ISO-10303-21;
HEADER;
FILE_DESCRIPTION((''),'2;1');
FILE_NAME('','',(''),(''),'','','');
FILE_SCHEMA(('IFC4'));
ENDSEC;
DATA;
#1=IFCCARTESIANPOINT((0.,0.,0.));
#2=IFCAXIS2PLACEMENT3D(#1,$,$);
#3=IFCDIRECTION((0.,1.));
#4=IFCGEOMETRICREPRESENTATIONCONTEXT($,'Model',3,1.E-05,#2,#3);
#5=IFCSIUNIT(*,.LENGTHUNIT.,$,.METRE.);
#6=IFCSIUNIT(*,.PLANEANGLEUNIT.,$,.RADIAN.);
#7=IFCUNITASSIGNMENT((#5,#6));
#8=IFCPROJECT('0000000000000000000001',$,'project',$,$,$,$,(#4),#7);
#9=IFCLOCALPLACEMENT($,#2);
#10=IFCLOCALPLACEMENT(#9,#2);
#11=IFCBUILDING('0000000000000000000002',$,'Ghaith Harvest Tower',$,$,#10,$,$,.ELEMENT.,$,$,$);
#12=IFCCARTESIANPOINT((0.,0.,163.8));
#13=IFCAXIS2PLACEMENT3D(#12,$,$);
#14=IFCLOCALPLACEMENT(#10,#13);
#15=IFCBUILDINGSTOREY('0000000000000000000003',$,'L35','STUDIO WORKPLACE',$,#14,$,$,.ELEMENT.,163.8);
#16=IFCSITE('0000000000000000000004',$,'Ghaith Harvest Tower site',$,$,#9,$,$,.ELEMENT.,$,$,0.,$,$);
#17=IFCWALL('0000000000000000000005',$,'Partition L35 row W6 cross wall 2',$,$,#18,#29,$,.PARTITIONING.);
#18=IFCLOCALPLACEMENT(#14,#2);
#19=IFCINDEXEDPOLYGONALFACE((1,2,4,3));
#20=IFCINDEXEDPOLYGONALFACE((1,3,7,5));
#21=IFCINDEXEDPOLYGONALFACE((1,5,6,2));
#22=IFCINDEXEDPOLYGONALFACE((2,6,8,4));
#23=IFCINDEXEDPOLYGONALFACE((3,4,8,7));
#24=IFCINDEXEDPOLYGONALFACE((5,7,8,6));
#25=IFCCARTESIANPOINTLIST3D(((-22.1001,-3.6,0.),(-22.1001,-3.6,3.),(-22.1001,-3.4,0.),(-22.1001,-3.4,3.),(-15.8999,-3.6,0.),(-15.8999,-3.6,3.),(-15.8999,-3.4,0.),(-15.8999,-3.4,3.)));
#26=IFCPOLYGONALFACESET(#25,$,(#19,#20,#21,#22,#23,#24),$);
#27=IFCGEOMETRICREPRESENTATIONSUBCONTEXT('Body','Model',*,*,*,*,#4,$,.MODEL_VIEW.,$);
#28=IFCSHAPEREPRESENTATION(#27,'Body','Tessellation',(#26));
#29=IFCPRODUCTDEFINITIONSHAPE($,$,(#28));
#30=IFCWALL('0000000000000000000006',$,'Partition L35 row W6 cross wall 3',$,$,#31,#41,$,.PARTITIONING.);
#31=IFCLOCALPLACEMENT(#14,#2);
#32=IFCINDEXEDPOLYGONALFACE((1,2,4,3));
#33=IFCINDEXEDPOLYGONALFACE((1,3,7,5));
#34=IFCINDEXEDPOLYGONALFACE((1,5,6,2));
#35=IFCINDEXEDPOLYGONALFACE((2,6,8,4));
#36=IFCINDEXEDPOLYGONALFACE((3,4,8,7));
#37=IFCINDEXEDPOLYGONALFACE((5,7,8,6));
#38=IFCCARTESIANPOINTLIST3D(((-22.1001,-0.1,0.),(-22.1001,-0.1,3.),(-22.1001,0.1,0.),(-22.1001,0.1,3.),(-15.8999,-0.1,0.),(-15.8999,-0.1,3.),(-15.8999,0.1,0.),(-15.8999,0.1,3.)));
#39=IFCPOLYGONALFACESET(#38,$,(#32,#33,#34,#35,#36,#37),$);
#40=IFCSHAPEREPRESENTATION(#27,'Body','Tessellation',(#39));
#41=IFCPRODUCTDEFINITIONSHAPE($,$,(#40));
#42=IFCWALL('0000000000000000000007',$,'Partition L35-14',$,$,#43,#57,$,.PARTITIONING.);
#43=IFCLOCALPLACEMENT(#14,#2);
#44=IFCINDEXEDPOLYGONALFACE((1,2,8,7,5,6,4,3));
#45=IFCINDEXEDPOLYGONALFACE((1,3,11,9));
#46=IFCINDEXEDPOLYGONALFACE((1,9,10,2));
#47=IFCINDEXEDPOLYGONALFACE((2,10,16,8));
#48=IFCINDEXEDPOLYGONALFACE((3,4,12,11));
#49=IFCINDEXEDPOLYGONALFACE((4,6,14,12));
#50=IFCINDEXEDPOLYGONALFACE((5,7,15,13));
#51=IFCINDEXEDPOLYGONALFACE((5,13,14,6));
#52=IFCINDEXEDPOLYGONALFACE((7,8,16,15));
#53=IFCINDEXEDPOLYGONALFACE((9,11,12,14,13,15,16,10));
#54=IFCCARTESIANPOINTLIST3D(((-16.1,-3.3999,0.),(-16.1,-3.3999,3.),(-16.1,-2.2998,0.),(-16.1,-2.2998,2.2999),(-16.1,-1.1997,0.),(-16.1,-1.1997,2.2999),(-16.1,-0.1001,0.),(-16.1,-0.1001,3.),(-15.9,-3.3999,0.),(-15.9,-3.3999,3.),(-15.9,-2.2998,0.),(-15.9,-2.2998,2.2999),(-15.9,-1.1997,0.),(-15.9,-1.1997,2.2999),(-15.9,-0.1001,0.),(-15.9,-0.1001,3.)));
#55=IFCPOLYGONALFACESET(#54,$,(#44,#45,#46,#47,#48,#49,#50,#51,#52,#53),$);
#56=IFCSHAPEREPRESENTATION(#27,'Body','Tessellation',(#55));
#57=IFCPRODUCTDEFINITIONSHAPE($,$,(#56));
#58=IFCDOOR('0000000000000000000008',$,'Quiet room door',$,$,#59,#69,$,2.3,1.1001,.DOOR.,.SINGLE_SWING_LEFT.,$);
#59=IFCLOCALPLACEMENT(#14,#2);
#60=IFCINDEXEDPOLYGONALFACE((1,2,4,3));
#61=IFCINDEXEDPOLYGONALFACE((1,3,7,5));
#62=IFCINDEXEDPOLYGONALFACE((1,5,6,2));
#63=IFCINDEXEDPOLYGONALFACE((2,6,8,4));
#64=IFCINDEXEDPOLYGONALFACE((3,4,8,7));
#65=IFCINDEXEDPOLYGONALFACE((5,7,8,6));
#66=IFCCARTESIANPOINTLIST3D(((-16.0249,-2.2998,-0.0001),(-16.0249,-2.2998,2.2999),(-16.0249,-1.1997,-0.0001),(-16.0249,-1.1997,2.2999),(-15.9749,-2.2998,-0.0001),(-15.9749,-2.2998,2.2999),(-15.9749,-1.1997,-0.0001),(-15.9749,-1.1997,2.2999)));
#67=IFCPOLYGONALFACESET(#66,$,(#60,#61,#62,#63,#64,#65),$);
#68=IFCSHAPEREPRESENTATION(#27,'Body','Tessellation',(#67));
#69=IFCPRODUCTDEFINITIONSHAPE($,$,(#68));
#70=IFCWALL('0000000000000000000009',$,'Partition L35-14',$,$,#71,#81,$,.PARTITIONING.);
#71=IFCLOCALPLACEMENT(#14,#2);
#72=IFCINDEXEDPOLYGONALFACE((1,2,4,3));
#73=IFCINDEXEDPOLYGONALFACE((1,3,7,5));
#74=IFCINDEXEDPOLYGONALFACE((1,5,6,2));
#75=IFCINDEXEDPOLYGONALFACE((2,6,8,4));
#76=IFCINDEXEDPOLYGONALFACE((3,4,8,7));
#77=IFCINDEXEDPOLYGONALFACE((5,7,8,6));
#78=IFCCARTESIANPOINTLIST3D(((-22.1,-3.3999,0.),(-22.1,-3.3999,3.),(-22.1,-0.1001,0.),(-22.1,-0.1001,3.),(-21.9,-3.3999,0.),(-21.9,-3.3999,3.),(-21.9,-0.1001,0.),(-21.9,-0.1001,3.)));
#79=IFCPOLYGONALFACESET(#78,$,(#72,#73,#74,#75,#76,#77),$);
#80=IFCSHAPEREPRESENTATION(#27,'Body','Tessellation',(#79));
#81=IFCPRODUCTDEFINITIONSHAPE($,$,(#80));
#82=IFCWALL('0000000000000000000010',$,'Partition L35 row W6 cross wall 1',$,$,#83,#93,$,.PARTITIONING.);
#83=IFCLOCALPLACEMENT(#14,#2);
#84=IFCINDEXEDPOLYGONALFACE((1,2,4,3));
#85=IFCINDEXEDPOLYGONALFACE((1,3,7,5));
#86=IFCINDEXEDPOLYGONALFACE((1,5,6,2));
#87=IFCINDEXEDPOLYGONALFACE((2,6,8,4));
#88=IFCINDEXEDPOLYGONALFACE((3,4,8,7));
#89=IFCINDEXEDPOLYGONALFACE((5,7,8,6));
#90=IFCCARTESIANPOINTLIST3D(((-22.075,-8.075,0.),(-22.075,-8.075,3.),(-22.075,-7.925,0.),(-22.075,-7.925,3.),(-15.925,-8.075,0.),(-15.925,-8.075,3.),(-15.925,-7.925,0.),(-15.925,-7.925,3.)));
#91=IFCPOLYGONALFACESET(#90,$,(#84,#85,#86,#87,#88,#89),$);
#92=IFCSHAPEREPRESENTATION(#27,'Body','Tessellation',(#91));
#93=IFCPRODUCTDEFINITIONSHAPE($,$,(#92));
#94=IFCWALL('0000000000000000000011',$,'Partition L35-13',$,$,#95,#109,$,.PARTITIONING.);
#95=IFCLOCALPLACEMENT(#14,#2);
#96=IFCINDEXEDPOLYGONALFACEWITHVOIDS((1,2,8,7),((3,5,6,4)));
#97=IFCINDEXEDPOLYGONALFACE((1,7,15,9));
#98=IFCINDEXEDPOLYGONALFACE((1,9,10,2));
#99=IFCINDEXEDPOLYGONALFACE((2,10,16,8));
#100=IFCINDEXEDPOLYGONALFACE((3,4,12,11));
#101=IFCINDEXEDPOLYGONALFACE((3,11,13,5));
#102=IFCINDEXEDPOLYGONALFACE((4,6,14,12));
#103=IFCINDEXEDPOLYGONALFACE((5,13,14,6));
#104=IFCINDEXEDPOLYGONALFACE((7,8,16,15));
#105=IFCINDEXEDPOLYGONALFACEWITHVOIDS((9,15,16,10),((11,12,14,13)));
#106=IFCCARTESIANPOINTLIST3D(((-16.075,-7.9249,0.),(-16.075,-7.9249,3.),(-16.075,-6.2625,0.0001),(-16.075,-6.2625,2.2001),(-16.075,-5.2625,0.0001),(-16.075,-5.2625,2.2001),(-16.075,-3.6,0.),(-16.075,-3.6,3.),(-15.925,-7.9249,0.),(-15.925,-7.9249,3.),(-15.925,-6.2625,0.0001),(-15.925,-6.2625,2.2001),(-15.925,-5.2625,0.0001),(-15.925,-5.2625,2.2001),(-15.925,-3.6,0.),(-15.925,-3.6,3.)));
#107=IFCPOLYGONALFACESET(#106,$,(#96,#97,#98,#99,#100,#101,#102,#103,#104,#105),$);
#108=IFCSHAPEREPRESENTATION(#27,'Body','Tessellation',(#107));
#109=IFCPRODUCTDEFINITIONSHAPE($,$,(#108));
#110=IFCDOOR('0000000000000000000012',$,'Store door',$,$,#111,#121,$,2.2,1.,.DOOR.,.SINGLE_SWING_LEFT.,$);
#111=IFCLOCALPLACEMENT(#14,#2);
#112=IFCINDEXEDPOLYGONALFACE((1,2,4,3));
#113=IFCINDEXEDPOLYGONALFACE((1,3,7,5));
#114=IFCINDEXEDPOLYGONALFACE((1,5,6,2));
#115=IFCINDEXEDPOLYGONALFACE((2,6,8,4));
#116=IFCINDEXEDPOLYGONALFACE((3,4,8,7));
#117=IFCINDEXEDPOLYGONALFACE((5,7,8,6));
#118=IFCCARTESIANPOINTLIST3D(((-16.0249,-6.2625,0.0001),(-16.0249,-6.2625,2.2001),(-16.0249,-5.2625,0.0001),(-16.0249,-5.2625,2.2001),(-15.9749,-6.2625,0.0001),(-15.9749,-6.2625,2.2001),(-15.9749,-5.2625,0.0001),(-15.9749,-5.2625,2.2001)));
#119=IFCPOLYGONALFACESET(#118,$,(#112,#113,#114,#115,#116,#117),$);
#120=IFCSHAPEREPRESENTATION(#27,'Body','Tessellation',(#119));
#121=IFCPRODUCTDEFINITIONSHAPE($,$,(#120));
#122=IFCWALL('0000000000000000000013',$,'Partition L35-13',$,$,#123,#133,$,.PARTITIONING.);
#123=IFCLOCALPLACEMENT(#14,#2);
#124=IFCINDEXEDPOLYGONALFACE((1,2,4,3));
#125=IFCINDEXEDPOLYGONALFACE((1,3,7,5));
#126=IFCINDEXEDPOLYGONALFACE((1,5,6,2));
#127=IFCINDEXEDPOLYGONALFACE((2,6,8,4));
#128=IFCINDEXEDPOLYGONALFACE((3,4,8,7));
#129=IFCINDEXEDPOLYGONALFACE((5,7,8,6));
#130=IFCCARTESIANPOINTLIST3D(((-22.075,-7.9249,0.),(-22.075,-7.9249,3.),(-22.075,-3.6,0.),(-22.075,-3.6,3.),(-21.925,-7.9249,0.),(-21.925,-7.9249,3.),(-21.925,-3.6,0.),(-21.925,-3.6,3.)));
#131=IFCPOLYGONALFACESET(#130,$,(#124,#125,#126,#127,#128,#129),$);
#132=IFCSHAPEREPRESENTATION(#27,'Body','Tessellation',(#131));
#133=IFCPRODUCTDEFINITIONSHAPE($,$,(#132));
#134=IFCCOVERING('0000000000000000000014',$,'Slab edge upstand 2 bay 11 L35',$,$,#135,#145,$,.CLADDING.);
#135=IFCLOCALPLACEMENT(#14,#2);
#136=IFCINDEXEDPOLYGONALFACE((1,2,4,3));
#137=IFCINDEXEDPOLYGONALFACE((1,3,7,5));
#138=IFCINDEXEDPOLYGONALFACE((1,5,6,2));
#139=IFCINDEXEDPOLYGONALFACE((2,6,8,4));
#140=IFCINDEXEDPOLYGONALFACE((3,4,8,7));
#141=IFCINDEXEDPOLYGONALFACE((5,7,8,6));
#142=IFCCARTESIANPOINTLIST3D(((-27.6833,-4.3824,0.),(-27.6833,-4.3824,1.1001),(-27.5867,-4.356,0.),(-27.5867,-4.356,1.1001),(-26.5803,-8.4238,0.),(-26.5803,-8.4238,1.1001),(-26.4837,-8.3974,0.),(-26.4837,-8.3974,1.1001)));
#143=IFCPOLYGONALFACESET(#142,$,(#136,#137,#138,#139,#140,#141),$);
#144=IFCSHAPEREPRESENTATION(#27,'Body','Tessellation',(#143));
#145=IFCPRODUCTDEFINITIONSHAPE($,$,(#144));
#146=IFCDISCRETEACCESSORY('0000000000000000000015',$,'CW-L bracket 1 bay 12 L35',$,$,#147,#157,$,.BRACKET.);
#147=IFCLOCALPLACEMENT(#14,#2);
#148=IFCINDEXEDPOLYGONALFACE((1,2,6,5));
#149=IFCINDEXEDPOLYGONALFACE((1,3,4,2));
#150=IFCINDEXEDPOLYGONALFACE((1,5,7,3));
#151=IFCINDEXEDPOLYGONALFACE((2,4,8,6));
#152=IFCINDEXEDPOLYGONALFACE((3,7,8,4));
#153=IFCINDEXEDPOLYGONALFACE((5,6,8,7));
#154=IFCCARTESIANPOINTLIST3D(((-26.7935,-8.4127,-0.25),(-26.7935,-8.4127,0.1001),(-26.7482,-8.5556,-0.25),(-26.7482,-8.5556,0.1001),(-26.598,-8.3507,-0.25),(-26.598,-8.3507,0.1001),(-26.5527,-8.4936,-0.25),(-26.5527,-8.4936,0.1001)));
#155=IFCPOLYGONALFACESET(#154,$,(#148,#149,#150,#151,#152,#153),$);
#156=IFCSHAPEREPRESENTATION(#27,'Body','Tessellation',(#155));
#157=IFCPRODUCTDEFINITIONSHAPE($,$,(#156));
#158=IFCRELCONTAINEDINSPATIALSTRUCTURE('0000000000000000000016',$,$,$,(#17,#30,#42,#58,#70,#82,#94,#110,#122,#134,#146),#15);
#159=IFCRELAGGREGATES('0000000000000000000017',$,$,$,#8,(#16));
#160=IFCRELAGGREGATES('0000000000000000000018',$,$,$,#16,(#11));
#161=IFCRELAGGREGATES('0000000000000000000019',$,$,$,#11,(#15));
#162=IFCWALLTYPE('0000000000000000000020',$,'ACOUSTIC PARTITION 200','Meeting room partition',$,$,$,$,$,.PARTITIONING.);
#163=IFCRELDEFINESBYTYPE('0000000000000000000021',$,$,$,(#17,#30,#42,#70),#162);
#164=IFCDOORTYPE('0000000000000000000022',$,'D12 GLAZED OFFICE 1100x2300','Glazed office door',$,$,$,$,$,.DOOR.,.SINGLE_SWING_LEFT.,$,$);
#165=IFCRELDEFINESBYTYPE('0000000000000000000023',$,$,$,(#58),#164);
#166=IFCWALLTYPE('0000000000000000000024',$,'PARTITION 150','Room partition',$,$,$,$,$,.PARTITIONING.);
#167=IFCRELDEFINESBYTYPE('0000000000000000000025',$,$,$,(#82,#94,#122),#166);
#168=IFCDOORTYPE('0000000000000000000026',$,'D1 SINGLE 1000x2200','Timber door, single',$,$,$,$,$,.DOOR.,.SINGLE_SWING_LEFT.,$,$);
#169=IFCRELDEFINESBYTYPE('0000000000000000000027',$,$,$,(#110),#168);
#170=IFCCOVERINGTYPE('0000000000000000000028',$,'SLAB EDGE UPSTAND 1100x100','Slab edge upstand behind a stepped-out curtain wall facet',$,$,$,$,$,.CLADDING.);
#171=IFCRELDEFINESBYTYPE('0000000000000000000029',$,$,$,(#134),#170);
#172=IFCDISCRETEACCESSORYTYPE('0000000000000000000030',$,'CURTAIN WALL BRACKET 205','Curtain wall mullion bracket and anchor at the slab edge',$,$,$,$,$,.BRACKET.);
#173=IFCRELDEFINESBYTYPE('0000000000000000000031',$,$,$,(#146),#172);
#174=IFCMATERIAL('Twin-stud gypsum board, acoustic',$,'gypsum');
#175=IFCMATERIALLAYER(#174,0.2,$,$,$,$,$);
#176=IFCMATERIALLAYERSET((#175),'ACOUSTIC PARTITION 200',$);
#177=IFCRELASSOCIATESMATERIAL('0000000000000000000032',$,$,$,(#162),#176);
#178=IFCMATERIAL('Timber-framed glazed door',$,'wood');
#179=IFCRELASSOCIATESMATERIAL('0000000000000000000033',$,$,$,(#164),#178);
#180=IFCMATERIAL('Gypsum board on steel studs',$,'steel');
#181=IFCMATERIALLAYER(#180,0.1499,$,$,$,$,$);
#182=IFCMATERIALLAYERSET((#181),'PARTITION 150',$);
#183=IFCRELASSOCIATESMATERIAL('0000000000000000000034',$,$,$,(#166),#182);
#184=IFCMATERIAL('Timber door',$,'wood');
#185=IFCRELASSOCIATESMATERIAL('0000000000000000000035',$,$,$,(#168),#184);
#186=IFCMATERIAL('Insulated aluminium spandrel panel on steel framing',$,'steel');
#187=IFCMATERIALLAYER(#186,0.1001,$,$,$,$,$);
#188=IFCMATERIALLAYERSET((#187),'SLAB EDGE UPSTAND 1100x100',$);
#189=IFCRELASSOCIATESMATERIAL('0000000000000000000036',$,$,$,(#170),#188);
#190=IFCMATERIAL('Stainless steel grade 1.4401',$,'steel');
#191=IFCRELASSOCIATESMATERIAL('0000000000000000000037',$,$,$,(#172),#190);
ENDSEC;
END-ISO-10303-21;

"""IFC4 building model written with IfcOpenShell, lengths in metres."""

from ifc_helpers import new_model, si_unit, direction, frame, frame_2d, origin, origin_2d, place, context, subcontext, project, spatial, rectangle, extrude, material, layer, layer_set, type_object, element, fill, save


model = new_model("IFC4")

# Units and contexts
model_context = context("Model", 3, precision=1e-05, world=origin(), true_north=direction((0.0, 1.0)))
body_context = subcontext(model_context, "Body", "Model", "MODEL_VIEW")
ifc_project = project(units=[si_unit("LENGTHUNIT", "METRE"), si_unit("PLANEANGLEUNIT", "RADIAN")], contexts=[model_context])

# Site, building, storey
site_placement = place(None, origin())
site = spatial("IfcSite", under=ifc_project, at=site_placement, Name="Ghaith Harvest Tower site", CompositionType="ELEMENT", RefElevation=0.0)
building_placement = place(site_placement, origin())
building = spatial("IfcBuilding", under=site, at=building_placement, Name="Ghaith Harvest Tower", CompositionType="ELEMENT")
storey_placement = place(building_placement, frame((0.0, 0.0, 163.8)))
storey = spatial("IfcBuildingStorey", under=building, at=storey_placement, Name="L35", Description="STUDIO WORKPLACE", CompositionType="ELEMENT", Elevation=163.8)

# Walls
ifc_material_1 = material(Name="Twin-stud gypsum board, acoustic", Category="gypsum")
ifc_layer_1 = layer(ifc_material_1, 0.2)
ifc_layer_set_1 = layer_set([ifc_layer_1], Name="ACOUSTIC PARTITION 200")
wall_type_1 = type_object("IfcWallType", Name="ACOUSTIC PARTITION 200", Description="Meeting room partition", PredefinedType="PARTITIONING", material=ifc_layer_set_1)
for number, where, z_axis, x_axis, name in (
    (1, (-15.8999, -3.5, 0.0), (0.0, 0.0, 1.0), (-1.0, 0.0, 0.0), "Partition L35 row W6 cross wall 2"),
    (2, (-15.8999, 0.0, 0.0), (0.0, 0.0, 1.0), (-1.0, 0.0, 0.0), "Partition L35 row W6 cross wall 3"),
):
    element("IfcWall", number, at=place(storey_placement, frame(where, z_axis=z_axis, x_axis=x_axis)), inside=storey, type_object=wall_type_1, Name=name, PredefinedType="PARTITIONING", context=body_context, shape_type="SweptSolid", body=[
        extrude(rectangle(XDim=6.2002, YDim=0.2, at=frame_2d((3.1001, 0.0))), origin(), (0.0, 0.0, 1.0), 3.0),
    ])

# Wall, opening, door
wall_1_placement = place(storey_placement, frame((-16.0, -3.3999, 0.0), z_axis=(0.0, 0.0, 1.0), x_axis=(0.0, 1.0, 0.0)))
wall_1 = element("IfcWall", 3, at=wall_1_placement, inside=storey, type_object=wall_type_1, Name="Partition L35-14", PredefinedType="PARTITIONING", context=body_context, shape_type="SweptSolid", body=[
    extrude(rectangle(XDim=3.2998, YDim=0.2, at=frame_2d((1.6499, 0.0))), origin(), (0.0, 0.0, 1.0), 3.0),
])
opening_1_placement = place(wall_1_placement, frame((1.1001, 0.0, 0.0)))
opening_1 = element("IfcOpeningElement", 4, at=opening_1_placement, cuts=wall_1, PredefinedType="OPENING", context=body_context, shape_type="SweptSolid", body=[
    extrude(rectangle(XDim=1.1001, YDim=2.3, at=frame_2d((0.55, 1.1499))), frame((0.0, 0.1099, 0.0), z_axis=(0.0, -1.0, 0.0), x_axis=(1.0, 0.0, 0.0)), (0.0, 0.0, 1.0), 0.22),
])
ifc_material_2 = material(Name="Timber-framed glazed door", Category="wood")
door_type_1 = type_object("IfcDoorType", Name="D12 GLAZED OFFICE 1100x2300", Description="Glazed office door", OperationType="SINGLE_SWING_LEFT", PredefinedType="DOOR", material=ifc_material_2)
door_1_placement = place(opening_1_placement, origin())
door_1 = element("IfcDoor", 5, at=door_1_placement, inside=storey, type_object=door_type_1, Name="Quiet room door", OperationType="SINGLE_SWING_LEFT", OverallHeight=2.3, OverallWidth=1.1001, PredefinedType="DOOR", context=body_context, shape_type="SweptSolid", body=[
    extrude(rectangle(XDim=1.1001, YDim=2.3, at=frame_2d((0.55, 1.1499))), frame((0.0, 0.0249, 0.0), z_axis=(0.0, -1.0, 0.0), x_axis=(1.0, 0.0, 0.0)), (0.0, 0.0, 1.0), 0.05),
])
fill(opening_1, door_1)

# Walls
wall_2_placement = place(storey_placement, frame((-22.0, -3.3999, 0.0), z_axis=(0.0, 0.0, 1.0), x_axis=(0.0, 1.0, 0.0)))
element("IfcWall", 6, at=wall_2_placement, inside=storey, type_object=wall_type_1, Name="Partition L35-14", PredefinedType="PARTITIONING", context=body_context, shape_type="SweptSolid", body=[
    extrude(rectangle(XDim=3.2998, YDim=0.2, at=frame_2d((1.6499, 0.0))), origin(), (0.0, 0.0, 1.0), 3.0),
])
ifc_material_3 = material(Name="Gypsum board on steel studs", Category="steel")
ifc_layer_2 = layer(ifc_material_3, 0.1499)
ifc_layer_set_2 = layer_set([ifc_layer_2], Name="PARTITION 150")
wall_type_2 = type_object("IfcWallType", Name="PARTITION 150", Description="Room partition", PredefinedType="PARTITIONING", material=ifc_layer_set_2)
wall_3_placement = place(storey_placement, frame((-15.925, -8.0, 0.0), z_axis=(0.0, 0.0, 1.0), x_axis=(-1.0, 0.0, 0.0)))
element("IfcWall", 7, at=wall_3_placement, inside=storey, type_object=wall_type_2, Name="Partition L35 row W6 cross wall 1", PredefinedType="PARTITIONING", context=body_context, shape_type="SweptSolid", body=[
    extrude(rectangle(XDim=6.1499, YDim=0.1499, at=frame_2d((3.075, 0.0))), origin(), (0.0, 0.0, 1.0), 3.0),
])

# Wall, opening, door
wall_4_placement = place(storey_placement, frame((-16.0, -7.925, 0.0), z_axis=(0.0, 0.0, 1.0), x_axis=(0.0, 1.0, 0.0)))
wall_4 = element("IfcWall", 8, at=wall_4_placement, inside=storey, type_object=wall_type_2, Name="Partition L35-13", PredefinedType="PARTITIONING", context=body_context, shape_type="SweptSolid", body=[
    extrude(rectangle(XDim=4.325, YDim=0.1499, at=frame_2d((2.1626, 0.0))), origin(), (0.0, 0.0, 1.0), 3.0),
])
opening_2_placement = place(wall_4_placement, frame((1.6626, 0.0, 0.0)))
opening_2 = element("IfcOpeningElement", 9, at=opening_2_placement, cuts=wall_4, PredefinedType="OPENING", context=body_context, shape_type="SweptSolid", body=[
    extrude(rectangle(XDim=1.0, YDim=2.2, at=frame_2d((0.5, 1.1001))), frame((0.0, 0.085, 0.0), z_axis=(0.0, -1.0, 0.0), x_axis=(1.0, 0.0, 0.0)), (0.0, 0.0, 1.0), 0.1699),
])
ifc_material_4 = material(Name="Timber door", Category="wood")
door_type_2 = type_object("IfcDoorType", Name="D1 SINGLE 1000x2200", Description="Timber door, single", OperationType="SINGLE_SWING_LEFT", PredefinedType="DOOR", material=ifc_material_4)
door_2_placement = place(opening_2_placement, origin())
door_2 = element("IfcDoor", 10, at=door_2_placement, inside=storey, type_object=door_type_2, Name="Store door", OperationType="SINGLE_SWING_LEFT", OverallHeight=2.2, OverallWidth=1.0, PredefinedType="DOOR", context=body_context, shape_type="SweptSolid", body=[
    extrude(rectangle(XDim=1.0, YDim=2.2, at=frame_2d((0.5, 1.1001))), frame((0.0, 0.0249, 0.0), z_axis=(0.0, -1.0, 0.0), x_axis=(1.0, 0.0, 0.0)), (0.0, 0.0, 1.0), 0.05),
])
fill(opening_2, door_2)

# Wall
wall_5_placement = place(storey_placement, frame((-22.0, -7.925, 0.0), z_axis=(0.0, 0.0, 1.0), x_axis=(0.0, 1.0, 0.0)))
element("IfcWall", 11, at=wall_5_placement, inside=storey, type_object=wall_type_2, Name="Partition L35-13", PredefinedType="PARTITIONING", context=body_context, shape_type="SweptSolid", body=[
    extrude(rectangle(XDim=4.325, YDim=0.1499, at=frame_2d((2.1626, 0.0))), origin(), (0.0, 0.0, 1.0), 3.0),
])

# Covering
ifc_material_5 = material(Name="Insulated aluminium spandrel panel on steel framing", Category="steel")
ifc_layer_3 = layer(ifc_material_5, 0.1001)
ifc_layer_set_3 = layer_set([ifc_layer_3], Name="SLAB EDGE UPSTAND 1100x100")
covering_type = type_object("IfcCoveringType", Name="SLAB EDGE UPSTAND 1100x100", Description="Slab edge upstand behind a stepped-out curtain wall facet", PredefinedType="CLADDING", material=ifc_layer_set_3)
covering_placement = place(storey_placement, frame((-27.0835, -6.3899, 0.0), z_axis=(0.0, 0.0, 1.0), x_axis=(0.263288, -0.964717, 0.0)))
element("IfcCovering", 12, at=covering_placement, inside=storey, type_object=covering_type, Name="Slab edge upstand 2 bay 11 L35", PredefinedType="CLADDING", context=body_context, shape_type="SweptSolid", body=[
    extrude(rectangle(XDim=4.1892, YDim=0.1001, at=origin_2d()), origin(), (0.0, 0.0, 1.0), 1.1001),
])

# Discrete accessory
ifc_material_6 = material(Name="Stainless steel grade 1.4401", Category="steel")
discrete_accessory_type = type_object("IfcDiscreteAccessoryType", Name="CURTAIN WALL BRACKET 205", Description="Curtain wall mullion bracket and anchor at the slab edge", PredefinedType="BRACKET", material=ifc_material_6)
discrete_accessory_placement = place(storey_placement, frame((-26.6731, -8.4531, -0.25), z_axis=(0.0, 0.0, 1.0), x_axis=(-0.953273, -0.30211, 0.0)))
element("IfcDiscreteAccessory", 13, at=discrete_accessory_placement, inside=storey, type_object=discrete_accessory_type, Name="CW-L bracket 1 bay 12 L35", PredefinedType="BRACKET", context=body_context, shape_type="SweptSolid", body=[
    extrude(rectangle(XDim=0.2051, YDim=0.1499, at=origin_2d()), origin(), (0.0, 0.0, 1.0), 0.3501),
])

save(model, "model.ifc")
